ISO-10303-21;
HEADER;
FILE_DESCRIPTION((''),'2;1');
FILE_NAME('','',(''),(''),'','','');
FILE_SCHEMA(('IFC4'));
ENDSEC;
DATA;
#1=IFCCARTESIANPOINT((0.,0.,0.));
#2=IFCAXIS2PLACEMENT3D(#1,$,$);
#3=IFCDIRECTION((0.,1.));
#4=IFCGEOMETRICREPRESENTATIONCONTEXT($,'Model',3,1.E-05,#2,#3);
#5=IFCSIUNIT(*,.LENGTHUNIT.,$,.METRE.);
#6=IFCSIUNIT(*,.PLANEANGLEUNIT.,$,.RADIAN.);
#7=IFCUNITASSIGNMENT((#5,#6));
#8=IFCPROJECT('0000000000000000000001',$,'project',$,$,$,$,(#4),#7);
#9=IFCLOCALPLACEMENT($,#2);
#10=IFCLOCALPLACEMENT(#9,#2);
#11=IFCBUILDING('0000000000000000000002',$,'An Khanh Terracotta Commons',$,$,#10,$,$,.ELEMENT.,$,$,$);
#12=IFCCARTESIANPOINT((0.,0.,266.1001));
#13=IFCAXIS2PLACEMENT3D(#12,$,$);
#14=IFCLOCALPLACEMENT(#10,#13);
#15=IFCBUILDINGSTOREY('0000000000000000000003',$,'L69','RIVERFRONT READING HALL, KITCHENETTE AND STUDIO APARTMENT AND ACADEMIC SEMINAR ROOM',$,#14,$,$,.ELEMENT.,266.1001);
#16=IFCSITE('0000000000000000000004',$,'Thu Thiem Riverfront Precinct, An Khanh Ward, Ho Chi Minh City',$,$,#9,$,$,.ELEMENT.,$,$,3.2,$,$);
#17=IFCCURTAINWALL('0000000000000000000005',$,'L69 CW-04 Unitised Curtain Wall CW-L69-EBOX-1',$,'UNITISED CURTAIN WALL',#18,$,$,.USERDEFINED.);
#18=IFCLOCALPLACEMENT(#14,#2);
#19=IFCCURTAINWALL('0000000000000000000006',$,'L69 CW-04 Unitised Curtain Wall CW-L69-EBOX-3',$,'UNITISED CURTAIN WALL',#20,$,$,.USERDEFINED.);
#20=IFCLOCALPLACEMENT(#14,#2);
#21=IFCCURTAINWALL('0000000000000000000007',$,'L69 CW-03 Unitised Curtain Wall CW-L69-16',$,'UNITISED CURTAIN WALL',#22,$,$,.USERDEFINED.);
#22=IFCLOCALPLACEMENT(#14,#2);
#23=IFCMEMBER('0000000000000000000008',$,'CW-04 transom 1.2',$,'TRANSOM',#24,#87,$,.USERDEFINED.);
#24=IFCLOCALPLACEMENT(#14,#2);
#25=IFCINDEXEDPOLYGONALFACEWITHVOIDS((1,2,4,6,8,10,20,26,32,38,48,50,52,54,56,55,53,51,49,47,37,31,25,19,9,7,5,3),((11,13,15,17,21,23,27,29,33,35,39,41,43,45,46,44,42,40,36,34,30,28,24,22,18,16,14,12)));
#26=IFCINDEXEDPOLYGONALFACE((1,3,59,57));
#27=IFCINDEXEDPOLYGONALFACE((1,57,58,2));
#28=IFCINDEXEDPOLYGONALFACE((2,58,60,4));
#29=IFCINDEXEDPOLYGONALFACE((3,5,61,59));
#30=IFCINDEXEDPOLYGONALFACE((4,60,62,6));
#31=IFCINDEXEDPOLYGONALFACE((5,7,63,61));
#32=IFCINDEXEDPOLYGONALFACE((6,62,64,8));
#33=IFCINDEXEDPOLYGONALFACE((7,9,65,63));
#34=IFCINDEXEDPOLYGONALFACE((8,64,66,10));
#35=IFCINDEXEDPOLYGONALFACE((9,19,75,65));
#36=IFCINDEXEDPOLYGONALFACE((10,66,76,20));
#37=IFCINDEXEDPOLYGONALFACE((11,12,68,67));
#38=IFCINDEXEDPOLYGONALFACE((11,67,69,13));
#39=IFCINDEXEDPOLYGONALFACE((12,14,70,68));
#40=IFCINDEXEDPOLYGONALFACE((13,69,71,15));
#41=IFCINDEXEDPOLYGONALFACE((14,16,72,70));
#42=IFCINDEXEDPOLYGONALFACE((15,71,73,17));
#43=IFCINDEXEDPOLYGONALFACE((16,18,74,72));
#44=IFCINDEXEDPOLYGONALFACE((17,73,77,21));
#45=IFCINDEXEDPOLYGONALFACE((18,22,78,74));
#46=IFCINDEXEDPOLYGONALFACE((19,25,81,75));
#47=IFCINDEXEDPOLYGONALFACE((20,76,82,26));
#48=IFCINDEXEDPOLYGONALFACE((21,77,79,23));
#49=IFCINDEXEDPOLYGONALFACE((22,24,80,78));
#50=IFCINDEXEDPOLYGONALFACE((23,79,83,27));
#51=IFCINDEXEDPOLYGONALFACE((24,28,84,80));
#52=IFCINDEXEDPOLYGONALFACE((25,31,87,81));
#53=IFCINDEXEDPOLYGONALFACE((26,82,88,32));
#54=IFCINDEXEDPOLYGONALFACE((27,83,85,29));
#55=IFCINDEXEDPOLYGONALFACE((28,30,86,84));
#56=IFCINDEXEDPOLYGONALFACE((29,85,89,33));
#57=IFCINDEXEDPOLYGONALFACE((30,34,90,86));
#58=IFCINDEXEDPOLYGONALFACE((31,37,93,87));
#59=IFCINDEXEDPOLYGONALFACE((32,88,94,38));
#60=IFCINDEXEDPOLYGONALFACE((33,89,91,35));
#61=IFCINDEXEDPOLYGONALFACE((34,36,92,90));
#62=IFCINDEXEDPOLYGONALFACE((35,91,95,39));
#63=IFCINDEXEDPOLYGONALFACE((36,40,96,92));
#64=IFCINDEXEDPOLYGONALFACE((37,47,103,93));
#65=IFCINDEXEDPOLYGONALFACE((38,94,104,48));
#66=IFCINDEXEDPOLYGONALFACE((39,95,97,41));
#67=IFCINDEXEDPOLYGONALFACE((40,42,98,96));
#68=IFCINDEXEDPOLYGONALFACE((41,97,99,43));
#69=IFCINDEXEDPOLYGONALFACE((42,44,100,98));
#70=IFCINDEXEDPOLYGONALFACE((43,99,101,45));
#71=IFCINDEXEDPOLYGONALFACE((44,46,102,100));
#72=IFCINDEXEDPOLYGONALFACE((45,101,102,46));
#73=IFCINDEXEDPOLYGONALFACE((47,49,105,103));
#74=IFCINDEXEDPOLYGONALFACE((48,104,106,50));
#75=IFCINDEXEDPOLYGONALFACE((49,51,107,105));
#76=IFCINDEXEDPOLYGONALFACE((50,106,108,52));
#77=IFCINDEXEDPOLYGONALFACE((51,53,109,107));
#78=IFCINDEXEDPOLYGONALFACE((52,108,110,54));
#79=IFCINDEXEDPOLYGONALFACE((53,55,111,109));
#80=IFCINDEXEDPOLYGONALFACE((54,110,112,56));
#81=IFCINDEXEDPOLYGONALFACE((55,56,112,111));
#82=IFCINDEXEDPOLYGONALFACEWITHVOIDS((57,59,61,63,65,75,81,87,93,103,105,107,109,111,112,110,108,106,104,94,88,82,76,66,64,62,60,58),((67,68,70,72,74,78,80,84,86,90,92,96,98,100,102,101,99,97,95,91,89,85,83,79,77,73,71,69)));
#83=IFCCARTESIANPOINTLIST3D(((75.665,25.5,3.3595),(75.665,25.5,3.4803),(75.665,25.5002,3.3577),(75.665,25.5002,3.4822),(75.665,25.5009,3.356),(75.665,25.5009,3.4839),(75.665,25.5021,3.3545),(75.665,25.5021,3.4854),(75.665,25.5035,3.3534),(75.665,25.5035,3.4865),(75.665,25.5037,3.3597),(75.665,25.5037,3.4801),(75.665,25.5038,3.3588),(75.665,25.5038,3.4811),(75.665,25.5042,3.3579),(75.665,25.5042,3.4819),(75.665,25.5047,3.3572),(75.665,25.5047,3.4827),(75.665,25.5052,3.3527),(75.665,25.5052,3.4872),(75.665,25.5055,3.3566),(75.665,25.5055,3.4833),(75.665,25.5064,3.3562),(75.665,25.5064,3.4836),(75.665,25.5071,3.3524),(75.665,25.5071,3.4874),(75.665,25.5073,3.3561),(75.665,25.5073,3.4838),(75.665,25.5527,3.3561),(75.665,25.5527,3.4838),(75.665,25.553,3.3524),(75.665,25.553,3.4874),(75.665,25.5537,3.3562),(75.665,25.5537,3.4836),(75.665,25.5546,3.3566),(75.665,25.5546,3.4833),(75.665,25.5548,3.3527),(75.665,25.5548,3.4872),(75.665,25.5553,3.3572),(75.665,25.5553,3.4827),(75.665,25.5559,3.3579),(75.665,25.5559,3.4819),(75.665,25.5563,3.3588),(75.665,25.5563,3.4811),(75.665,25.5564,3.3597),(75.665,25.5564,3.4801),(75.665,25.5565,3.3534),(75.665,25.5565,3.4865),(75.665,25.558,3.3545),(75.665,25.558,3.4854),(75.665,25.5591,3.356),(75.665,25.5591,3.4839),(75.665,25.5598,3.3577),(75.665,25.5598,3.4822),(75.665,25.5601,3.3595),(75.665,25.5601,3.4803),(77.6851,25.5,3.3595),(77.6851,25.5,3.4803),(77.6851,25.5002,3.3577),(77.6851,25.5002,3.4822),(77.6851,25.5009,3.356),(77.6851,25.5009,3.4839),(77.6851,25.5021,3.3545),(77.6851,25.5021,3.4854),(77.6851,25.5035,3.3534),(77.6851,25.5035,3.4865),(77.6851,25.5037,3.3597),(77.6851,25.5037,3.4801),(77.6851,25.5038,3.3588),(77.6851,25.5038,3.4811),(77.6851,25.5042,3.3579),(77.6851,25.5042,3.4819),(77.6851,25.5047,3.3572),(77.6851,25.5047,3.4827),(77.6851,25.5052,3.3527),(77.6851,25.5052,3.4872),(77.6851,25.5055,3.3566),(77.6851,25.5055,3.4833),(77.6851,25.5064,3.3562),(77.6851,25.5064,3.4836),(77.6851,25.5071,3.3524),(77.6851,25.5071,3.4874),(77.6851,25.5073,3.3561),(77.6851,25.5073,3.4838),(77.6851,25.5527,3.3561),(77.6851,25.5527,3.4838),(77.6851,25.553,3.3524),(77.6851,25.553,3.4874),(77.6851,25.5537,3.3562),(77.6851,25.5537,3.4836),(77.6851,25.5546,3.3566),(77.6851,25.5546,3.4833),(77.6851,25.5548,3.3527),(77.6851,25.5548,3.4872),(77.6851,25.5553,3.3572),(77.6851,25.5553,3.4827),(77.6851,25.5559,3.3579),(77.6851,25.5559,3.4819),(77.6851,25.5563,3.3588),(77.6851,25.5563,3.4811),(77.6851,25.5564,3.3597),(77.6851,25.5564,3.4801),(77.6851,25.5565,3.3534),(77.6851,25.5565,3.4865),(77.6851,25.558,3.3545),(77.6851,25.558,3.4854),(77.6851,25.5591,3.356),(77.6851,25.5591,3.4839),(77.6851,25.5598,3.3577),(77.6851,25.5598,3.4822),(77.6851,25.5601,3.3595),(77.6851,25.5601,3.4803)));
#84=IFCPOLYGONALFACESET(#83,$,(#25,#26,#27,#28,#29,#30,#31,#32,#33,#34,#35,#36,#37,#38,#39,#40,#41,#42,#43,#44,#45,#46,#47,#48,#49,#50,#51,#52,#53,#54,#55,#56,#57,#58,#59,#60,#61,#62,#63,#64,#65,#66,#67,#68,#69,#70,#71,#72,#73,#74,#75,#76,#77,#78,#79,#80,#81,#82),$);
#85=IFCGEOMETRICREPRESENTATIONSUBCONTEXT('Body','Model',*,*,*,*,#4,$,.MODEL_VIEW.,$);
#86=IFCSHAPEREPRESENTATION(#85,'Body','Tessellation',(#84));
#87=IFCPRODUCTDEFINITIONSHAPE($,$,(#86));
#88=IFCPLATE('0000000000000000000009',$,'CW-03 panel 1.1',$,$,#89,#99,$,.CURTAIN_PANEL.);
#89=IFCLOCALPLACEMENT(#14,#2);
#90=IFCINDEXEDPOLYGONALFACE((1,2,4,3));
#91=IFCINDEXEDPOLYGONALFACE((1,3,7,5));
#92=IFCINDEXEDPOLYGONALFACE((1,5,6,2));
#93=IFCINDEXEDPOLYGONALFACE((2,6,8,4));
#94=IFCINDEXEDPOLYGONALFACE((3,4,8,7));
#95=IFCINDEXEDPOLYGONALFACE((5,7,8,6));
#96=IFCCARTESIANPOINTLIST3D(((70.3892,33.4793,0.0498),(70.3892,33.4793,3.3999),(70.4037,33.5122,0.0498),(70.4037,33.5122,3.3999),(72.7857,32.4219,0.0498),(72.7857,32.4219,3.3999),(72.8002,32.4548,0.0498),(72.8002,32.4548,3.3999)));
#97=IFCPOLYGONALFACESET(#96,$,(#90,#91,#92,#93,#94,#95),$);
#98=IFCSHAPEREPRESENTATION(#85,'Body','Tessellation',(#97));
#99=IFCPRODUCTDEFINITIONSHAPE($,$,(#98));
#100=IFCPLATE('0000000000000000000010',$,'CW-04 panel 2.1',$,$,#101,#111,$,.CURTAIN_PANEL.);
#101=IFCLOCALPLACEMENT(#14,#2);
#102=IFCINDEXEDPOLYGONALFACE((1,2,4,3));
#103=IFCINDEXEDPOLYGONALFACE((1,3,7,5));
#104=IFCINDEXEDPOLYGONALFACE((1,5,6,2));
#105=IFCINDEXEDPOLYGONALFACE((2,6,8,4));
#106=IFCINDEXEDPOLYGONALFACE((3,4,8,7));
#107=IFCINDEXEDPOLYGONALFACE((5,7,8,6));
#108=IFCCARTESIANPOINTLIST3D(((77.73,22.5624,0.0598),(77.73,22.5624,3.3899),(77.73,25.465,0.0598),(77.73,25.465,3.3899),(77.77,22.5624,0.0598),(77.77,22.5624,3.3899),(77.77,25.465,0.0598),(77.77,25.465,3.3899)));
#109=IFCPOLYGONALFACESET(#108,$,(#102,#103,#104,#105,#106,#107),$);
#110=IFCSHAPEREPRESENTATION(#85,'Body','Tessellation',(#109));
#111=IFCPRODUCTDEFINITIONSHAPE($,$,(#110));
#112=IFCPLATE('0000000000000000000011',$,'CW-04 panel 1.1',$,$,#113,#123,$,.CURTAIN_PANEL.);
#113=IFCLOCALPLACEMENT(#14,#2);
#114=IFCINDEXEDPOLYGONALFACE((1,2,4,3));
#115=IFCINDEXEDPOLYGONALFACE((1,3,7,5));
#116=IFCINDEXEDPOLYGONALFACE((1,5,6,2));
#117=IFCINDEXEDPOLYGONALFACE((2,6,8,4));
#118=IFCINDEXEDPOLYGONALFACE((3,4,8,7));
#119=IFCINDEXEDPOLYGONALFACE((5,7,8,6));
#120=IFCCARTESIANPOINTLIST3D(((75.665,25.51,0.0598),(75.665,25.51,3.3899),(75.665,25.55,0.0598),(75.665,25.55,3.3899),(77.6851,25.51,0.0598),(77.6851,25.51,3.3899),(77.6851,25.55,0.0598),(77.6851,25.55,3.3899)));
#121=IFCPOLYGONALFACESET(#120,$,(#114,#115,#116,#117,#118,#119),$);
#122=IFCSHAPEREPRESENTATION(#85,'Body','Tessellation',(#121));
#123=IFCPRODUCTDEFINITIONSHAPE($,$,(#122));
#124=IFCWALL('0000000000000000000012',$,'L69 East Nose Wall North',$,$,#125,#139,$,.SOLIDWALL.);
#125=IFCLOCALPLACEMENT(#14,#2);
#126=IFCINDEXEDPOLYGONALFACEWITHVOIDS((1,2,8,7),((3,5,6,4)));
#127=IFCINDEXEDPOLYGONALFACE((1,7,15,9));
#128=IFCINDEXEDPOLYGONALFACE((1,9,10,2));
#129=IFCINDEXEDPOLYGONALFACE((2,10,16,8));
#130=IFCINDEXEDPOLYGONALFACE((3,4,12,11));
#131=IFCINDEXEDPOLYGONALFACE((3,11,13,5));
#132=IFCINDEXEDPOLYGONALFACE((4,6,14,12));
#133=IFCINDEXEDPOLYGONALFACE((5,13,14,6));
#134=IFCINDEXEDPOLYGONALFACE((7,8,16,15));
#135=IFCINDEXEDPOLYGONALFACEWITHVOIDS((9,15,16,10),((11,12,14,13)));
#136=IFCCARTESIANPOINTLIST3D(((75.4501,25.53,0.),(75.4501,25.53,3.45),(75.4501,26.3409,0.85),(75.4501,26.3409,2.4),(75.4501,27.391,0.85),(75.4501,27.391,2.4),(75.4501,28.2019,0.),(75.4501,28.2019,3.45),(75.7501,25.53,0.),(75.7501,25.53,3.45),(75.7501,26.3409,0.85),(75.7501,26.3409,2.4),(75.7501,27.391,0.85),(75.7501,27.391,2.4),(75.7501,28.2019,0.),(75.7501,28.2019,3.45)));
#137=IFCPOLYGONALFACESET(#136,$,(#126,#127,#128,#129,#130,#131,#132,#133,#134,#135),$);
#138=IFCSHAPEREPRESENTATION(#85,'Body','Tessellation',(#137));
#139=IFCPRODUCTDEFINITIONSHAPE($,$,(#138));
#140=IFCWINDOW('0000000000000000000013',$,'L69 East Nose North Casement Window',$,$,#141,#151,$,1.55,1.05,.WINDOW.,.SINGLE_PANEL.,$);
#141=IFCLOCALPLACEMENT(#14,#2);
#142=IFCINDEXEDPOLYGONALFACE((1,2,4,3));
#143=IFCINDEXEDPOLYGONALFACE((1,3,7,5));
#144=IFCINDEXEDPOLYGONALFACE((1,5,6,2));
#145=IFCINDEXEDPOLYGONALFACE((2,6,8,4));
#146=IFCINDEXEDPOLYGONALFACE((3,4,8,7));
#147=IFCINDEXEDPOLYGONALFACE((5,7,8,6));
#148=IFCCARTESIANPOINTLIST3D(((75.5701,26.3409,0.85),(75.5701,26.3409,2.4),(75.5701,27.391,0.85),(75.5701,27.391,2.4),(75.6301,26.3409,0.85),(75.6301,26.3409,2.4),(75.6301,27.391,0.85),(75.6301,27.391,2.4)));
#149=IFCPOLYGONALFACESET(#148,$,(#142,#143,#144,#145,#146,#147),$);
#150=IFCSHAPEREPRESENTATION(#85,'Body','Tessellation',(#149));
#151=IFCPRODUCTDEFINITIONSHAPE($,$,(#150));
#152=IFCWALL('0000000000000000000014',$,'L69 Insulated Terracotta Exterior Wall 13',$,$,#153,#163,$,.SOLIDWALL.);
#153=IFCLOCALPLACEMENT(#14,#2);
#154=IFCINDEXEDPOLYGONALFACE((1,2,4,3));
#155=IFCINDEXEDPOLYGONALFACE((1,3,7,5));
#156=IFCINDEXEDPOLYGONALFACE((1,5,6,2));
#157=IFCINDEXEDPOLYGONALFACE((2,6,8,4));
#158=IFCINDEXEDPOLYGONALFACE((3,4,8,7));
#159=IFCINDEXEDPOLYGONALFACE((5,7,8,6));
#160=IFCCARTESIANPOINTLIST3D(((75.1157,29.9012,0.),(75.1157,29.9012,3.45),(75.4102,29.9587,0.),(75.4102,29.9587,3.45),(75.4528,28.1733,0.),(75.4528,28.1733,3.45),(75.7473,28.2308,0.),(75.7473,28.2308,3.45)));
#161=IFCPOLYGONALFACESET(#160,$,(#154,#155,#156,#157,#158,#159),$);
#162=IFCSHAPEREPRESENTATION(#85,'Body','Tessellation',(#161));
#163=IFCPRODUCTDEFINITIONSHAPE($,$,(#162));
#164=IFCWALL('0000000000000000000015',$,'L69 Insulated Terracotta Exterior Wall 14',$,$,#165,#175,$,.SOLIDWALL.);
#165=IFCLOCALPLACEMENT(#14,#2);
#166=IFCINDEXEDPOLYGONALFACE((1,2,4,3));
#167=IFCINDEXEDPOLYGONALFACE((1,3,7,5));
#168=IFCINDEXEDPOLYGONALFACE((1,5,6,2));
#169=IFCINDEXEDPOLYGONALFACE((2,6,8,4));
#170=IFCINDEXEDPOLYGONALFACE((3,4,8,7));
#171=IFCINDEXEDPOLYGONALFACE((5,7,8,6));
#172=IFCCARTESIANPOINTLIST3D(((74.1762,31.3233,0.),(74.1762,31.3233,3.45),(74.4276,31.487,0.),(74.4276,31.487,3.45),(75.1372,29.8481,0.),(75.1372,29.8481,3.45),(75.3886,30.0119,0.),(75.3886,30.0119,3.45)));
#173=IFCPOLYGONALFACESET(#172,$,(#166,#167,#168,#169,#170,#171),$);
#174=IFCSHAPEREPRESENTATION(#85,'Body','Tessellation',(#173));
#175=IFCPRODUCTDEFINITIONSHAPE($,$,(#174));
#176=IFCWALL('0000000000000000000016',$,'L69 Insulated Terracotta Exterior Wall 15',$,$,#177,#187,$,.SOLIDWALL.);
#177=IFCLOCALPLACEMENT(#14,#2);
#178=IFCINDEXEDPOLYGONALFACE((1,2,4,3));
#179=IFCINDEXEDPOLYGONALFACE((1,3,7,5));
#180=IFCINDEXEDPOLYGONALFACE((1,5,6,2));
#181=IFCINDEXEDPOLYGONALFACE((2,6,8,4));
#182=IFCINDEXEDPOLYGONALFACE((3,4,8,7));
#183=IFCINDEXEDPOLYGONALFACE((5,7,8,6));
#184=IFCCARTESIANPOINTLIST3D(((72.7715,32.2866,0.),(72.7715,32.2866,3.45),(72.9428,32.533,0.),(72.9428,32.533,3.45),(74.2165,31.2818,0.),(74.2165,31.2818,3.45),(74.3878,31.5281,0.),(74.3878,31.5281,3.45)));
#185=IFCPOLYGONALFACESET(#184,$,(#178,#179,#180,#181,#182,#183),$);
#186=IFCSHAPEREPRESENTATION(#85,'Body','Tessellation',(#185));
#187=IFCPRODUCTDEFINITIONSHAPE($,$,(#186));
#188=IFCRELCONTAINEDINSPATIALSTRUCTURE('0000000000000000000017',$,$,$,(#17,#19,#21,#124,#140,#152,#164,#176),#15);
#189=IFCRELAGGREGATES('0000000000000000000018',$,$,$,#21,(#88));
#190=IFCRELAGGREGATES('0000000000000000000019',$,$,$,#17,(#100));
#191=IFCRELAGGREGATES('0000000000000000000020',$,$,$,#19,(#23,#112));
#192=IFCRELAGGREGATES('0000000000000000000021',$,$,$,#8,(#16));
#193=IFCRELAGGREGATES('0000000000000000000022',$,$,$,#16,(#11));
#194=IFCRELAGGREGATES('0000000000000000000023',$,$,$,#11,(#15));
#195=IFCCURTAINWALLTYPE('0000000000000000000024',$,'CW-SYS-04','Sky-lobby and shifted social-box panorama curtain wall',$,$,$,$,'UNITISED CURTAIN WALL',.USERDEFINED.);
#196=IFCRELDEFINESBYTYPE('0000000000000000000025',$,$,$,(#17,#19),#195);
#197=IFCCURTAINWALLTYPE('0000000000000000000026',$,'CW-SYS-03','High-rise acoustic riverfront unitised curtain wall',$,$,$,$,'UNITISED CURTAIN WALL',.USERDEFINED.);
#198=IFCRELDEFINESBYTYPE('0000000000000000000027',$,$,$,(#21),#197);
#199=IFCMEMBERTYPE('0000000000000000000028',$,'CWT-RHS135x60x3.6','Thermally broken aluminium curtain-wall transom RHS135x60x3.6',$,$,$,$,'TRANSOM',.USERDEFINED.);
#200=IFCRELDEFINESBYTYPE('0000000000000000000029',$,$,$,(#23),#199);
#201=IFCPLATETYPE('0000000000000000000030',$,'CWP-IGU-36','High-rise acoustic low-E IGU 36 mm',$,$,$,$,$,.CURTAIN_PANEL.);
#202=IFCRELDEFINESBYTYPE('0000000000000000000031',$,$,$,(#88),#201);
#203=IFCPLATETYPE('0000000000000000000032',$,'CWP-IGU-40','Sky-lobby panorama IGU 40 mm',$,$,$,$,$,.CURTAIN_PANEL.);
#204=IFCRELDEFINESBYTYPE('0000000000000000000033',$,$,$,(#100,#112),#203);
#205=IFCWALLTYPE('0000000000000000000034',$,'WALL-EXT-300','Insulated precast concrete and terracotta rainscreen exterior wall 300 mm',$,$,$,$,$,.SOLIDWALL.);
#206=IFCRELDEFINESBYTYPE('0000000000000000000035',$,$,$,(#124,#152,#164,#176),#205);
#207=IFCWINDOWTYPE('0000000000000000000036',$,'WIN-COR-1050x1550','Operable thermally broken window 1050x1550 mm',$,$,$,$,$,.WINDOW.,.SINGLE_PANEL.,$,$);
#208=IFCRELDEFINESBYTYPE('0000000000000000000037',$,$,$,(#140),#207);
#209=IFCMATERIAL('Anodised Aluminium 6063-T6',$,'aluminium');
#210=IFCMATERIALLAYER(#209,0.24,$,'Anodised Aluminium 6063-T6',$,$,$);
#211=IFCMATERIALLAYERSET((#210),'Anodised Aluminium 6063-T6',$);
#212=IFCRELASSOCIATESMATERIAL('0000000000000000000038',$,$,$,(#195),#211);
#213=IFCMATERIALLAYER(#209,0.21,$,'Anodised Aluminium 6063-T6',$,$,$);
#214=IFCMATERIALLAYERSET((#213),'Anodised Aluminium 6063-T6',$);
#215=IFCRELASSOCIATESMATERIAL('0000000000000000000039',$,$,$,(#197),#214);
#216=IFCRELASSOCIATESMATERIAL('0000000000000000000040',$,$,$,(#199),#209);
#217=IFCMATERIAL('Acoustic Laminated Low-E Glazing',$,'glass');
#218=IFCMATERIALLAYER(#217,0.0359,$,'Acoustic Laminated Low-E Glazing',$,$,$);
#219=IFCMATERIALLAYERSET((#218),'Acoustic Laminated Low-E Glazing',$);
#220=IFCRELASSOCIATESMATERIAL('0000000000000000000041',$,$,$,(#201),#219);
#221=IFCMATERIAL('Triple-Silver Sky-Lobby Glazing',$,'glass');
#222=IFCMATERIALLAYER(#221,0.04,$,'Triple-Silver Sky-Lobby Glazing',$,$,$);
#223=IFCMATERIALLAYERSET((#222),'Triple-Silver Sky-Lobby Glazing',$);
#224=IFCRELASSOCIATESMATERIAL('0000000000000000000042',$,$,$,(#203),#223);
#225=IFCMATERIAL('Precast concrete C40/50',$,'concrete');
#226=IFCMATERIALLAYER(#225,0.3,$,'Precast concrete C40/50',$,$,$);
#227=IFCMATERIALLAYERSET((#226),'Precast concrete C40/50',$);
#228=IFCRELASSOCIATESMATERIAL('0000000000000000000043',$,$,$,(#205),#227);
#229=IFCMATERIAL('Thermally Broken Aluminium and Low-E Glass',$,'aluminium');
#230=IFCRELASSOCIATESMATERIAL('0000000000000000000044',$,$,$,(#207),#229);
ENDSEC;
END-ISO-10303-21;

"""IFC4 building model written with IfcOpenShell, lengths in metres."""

from ifc_helpers import new_model, si_unit, direction, frame, frame_2d, origin, origin_2d, place, context, subcontext, project, spatial, rectangle, hollow_rectangle, extrude, material, layer, layer_set, material_profile, profile_set, type_object, element, fill, aggregate, save


model = new_model("IFC4")

# Units and contexts
model_context = context("Model", 3, precision=1e-05, world=origin(), true_north=direction((0.0, 1.0)))
body_context = subcontext(model_context, "Body", "Model", "MODEL_VIEW")
ifc_project = project(units=[si_unit("LENGTHUNIT", "METRE"), si_unit("PLANEANGLEUNIT", "RADIAN")], contexts=[model_context])

# Site, building, storey
site_placement = place(None, origin())
site = spatial("IfcSite", under=ifc_project, at=site_placement, Name="Thu Thiem Riverfront Precinct, An Khanh Ward, Ho Chi Minh City", CompositionType="ELEMENT", RefElevation=3.2)
building_placement = place(site_placement, origin())
building = spatial("IfcBuilding", under=site, at=building_placement, Name="An Khanh Terracotta Commons", CompositionType="ELEMENT")
storey_placement = place(building_placement, frame((0.0, 0.0, 266.1001)))
storey = spatial("IfcBuildingStorey", under=building, at=storey_placement, Name="L69", Description="RIVERFRONT READING HALL, KITCHENETTE AND STUDIO APARTMENT AND ACADEMIC SEMINAR ROOM", CompositionType="ELEMENT", Elevation=266.1001)

# Curtain wall
ifc_material_1 = material(Name="Anodised Aluminium 6063-T6", Category="aluminium")
ifc_layer_1 = layer(ifc_material_1, 0.24, Name="Anodised Aluminium 6063-T6")
ifc_layer_set_1 = layer_set([ifc_layer_1], Name="Anodised Aluminium 6063-T6")
curtain_wall_type_1 = type_object("IfcCurtainWallType", Name="CW-SYS-04", Description="Sky-lobby and shifted social-box panorama curtain wall", ElementType="UNITISED CURTAIN WALL", PredefinedType="USERDEFINED", material=ifc_layer_set_1)
curtain_wall_1_placement = place(storey_placement, origin())
curtain_wall_1 = element("IfcCurtainWall", 1, at=curtain_wall_1_placement, inside=storey, type_object=curtain_wall_type_1, Name="L69 CW-04 Unitised Curtain Wall CW-L69-EBOX-1", ObjectType="UNITISED CURTAIN WALL", PredefinedType="USERDEFINED")

# Curtain walls
curtain_wall_2_placement = place(storey_placement, origin())
curtain_wall_2 = element("IfcCurtainWall", 2, at=curtain_wall_2_placement, inside=storey, type_object=curtain_wall_type_1, Name="L69 CW-04 Unitised Curtain Wall CW-L69-EBOX-3", ObjectType="UNITISED CURTAIN WALL", PredefinedType="USERDEFINED")
ifc_layer_2 = layer(ifc_material_1, 0.21, Name="Anodised Aluminium 6063-T6")
ifc_layer_set_2 = layer_set([ifc_layer_2], Name="Anodised Aluminium 6063-T6")
curtain_wall_type_2 = type_object("IfcCurtainWallType", Name="CW-SYS-03", Description="High-rise acoustic riverfront unitised curtain wall", ElementType="UNITISED CURTAIN WALL", PredefinedType="USERDEFINED", material=ifc_layer_set_2)
curtain_wall_3_placement = place(storey_placement, origin())
curtain_wall_3 = element("IfcCurtainWall", 3, at=curtain_wall_3_placement, inside=storey, type_object=curtain_wall_type_2, Name="L69 CW-03 Unitised Curtain Wall CW-L69-16", ObjectType="UNITISED CURTAIN WALL", PredefinedType="USERDEFINED")

# Member
ifc_material_profile_1 = material_profile(ifc_material_1, hollow_rectangle(XDim=0.0601, YDim=0.135, WallThickness=0.0037, InnerFilletRadius=0.0037, OuterFilletRadius=0.0071, at=origin_2d()), Name="RHS135x60x3.6")
ifc_profile_set_1 = profile_set([ifc_material_profile_1], Name="Anodised Aluminium 6063-T6")
member_type_1 = type_object("IfcMemberType", Name="CWT-RHS135x60x3.6", Description="Thermally broken aluminium curtain-wall transom RHS135x60x3.6", ElementType="TRANSOM", PredefinedType="USERDEFINED", material=ifc_profile_set_1)
member_1_placement = place(storey_placement, frame((77.6851, 25.53, 3.4199), z_axis=(-1.0, 0.0, 0.0), x_axis=(0.0, -1.0, 0.0)))
member_1 = element("IfcMember", 4, at=member_1_placement, type_object=member_type_1, Name="CW-04 transom 1.2", ObjectType="TRANSOM", PredefinedType="USERDEFINED", context=body_context, shape_type="SweptSolid", body=[
    extrude(hollow_rectangle(XDim=0.0601, YDim=0.135, WallThickness=0.0037, InnerFilletRadius=0.0037, OuterFilletRadius=0.0071, at=origin_2d()), origin(), (0.0, 0.0, 1.0), 2.02),
])

# Plates
ifc_material_2 = material(Name="Acoustic Laminated Low-E Glazing", Category="glass")
ifc_layer_3 = layer(ifc_material_2, 0.0359, Name="Acoustic Laminated Low-E Glazing")
ifc_layer_set_3 = layer_set([ifc_layer_3], Name="Acoustic Laminated Low-E Glazing")
plate_type_1 = type_object("IfcPlateType", Name="CWP-IGU-36", Description="High-rise acoustic low-E IGU 36 mm", PredefinedType="CURTAIN_PANEL", material=ifc_layer_set_3)
plate_1_placement = place(storey_placement, frame((71.5947, 32.967, 0.0498), z_axis=(0.0, 0.0, 1.0), x_axis=(-0.914902, 0.403676, 0.0)))
plate_1 = element("IfcPlate", 5, at=plate_1_placement, type_object=plate_type_1, Name="CW-03 panel 1.1", PredefinedType="CURTAIN_PANEL", context=body_context, shape_type="SweptSolid", body=[
    extrude(rectangle(XDim=2.6194, YDim=0.0359, at=origin_2d()), origin(), (0.0, 0.0, 1.0), 3.3501),
])
aggregate(curtain_wall_3, [plate_1])
ifc_material_3 = material(Name="Triple-Silver Sky-Lobby Glazing", Category="glass")
ifc_layer_4 = layer(ifc_material_3, 0.04, Name="Triple-Silver Sky-Lobby Glazing")
ifc_layer_set_4 = layer_set([ifc_layer_4], Name="Triple-Silver Sky-Lobby Glazing")
plate_type_2 = type_object("IfcPlateType", Name="CWP-IGU-40", Description="Sky-lobby panorama IGU 40 mm", PredefinedType="CURTAIN_PANEL", material=ifc_layer_set_4)
plate_2_placement = place(storey_placement, frame((77.75, 24.0137, 0.0598), z_axis=(0.0, 0.0, 1.0), x_axis=(0.0, 1.0, 0.0)))
plate_2 = element("IfcPlate", 6, at=plate_2_placement, type_object=plate_type_2, Name="CW-04 panel 2.1", PredefinedType="CURTAIN_PANEL", context=body_context, shape_type="SweptSolid", body=[
    extrude(rectangle(XDim=2.9026, YDim=0.04, at=origin_2d()), origin(), (0.0, 0.0, 1.0), 3.3301),
])
aggregate(curtain_wall_1, [plate_2])
plate_3_placement = place(storey_placement, frame((76.675, 25.53, 0.0598), z_axis=(0.0, 0.0, 1.0), x_axis=(-1.0, 0.0, 0.0)))
plate_3 = element("IfcPlate", 7, at=plate_3_placement, type_object=plate_type_2, Name="CW-04 panel 1.1", PredefinedType="CURTAIN_PANEL", context=body_context, shape_type="SweptSolid", body=[
    extrude(rectangle(XDim=2.02, YDim=0.04, at=origin_2d()), origin(), (0.0, 0.0, 1.0), 3.3301),
])
aggregate(curtain_wall_2, [member_1, plate_3])

# Wall, opening, window
ifc_material_4 = material(Name="Precast concrete C40/50", Category="concrete")
ifc_layer_5 = layer(ifc_material_4, 0.3, Name="Precast concrete C40/50")
ifc_layer_set_5 = layer_set([ifc_layer_5], Name="Precast concrete C40/50")
wall_type_1 = type_object("IfcWallType", Name="WALL-EXT-300", Description="Insulated precast concrete and terracotta rainscreen exterior wall 300 mm", PredefinedType="SOLIDWALL", material=ifc_layer_set_5)
wall_1_placement = place(storey_placement, frame((75.6001, 25.53, 0.0), z_axis=(0.0, 0.0, 1.0), x_axis=(0.0, 1.0, 0.0)))
wall_1 = element("IfcWall", 8, at=wall_1_placement, inside=storey, type_object=wall_type_1, Name="L69 East Nose Wall North", PredefinedType="SOLIDWALL", context=body_context, shape_type="SweptSolid", body=[
    extrude(rectangle(XDim=2.6719, YDim=0.3, at=frame_2d((1.3359, 0.0))), origin(), (0.0, 0.0, 1.0), 3.45),
])
opening_placement = place(wall_1_placement, frame((0.811, 0.0, 0.8501)))
opening = element("IfcOpeningElement", 9, at=opening_placement, cuts=wall_1, PredefinedType="OPENING", context=body_context, shape_type="SweptSolid", body=[
    extrude(rectangle(XDim=1.05, YDim=1.55, at=frame_2d((0.5249, 0.7749))), frame((0.0, 0.1599, 0.0), z_axis=(0.0, -1.0, 0.0), x_axis=(1.0, 0.0, 0.0)), (0.0, 0.0, 1.0), 0.3201),
])
ifc_material_5 = material(Name="Thermally Broken Aluminium and Low-E Glass", Category="aluminium")
window_type = type_object("IfcWindowType", Name="WIN-COR-1050x1550", Description="Operable thermally broken window 1050x1550 mm", PartitioningType="SINGLE_PANEL", PredefinedType="WINDOW", material=ifc_material_5)
window_placement = place(opening_placement, origin())
window = element("IfcWindow", 10, at=window_placement, inside=storey, type_object=window_type, Name="L69 East Nose North Casement Window", OverallHeight=1.55, OverallWidth=1.05, PartitioningType="SINGLE_PANEL", PredefinedType="WINDOW", context=body_context, shape_type="SweptSolid", body=[
    extrude(rectangle(XDim=1.05, YDim=1.55, at=frame_2d((0.5249, 0.7749))), frame((0.0, 0.03, 0.0), z_axis=(0.0, -1.0, 0.0), x_axis=(1.0, 0.0, 0.0)), (0.0, 0.0, 1.0), 0.0601),
])
fill(opening, window)

# Walls
for number, where, z_axis, x_axis, name in (
    (11, (75.6001, 28.2019, 0.0), (0.0, 0.0, 1.0), (-0.191501, 0.981492, 0.0), "L69 Insulated Terracotta Exterior Wall 13"),
    (12, (75.2629, 29.9299, 0.0), (0.0, 0.0, 1.0), (-0.545836, 0.837892, 0.0), "L69 Insulated Terracotta Exterior Wall 14"),
):
    element("IfcWall", number, at=place(storey_placement, frame(where, z_axis=z_axis, x_axis=x_axis)), inside=storey, type_object=wall_type_1, Name=name, PredefinedType="SOLIDWALL", context=body_context, shape_type="SweptSolid", body=[
        extrude(rectangle(XDim=1.7605, YDim=0.3, at=frame_2d((0.8804, 0.0))), origin(), (0.0, 0.0, 1.0), 3.45),
    ])
wall_2_placement = place(storey_placement, frame((74.302, 31.405, 0.0), z_axis=(0.0, 0.0, 1.0), x_axis=(-0.821007, 0.570918, 0.0)))
element("IfcWall", 13, at=wall_2_placement, inside=storey, type_object=wall_type_1, Name="L69 Insulated Terracotta Exterior Wall 15", PredefinedType="SOLIDWALL", context=body_context, shape_type="SweptSolid", body=[
    extrude(rectangle(XDim=1.76, YDim=0.3, at=frame_2d((0.8799, 0.0))), origin(), (0.0, 0.0, 1.0), 3.45),
])

save(model, "model.ifc")
